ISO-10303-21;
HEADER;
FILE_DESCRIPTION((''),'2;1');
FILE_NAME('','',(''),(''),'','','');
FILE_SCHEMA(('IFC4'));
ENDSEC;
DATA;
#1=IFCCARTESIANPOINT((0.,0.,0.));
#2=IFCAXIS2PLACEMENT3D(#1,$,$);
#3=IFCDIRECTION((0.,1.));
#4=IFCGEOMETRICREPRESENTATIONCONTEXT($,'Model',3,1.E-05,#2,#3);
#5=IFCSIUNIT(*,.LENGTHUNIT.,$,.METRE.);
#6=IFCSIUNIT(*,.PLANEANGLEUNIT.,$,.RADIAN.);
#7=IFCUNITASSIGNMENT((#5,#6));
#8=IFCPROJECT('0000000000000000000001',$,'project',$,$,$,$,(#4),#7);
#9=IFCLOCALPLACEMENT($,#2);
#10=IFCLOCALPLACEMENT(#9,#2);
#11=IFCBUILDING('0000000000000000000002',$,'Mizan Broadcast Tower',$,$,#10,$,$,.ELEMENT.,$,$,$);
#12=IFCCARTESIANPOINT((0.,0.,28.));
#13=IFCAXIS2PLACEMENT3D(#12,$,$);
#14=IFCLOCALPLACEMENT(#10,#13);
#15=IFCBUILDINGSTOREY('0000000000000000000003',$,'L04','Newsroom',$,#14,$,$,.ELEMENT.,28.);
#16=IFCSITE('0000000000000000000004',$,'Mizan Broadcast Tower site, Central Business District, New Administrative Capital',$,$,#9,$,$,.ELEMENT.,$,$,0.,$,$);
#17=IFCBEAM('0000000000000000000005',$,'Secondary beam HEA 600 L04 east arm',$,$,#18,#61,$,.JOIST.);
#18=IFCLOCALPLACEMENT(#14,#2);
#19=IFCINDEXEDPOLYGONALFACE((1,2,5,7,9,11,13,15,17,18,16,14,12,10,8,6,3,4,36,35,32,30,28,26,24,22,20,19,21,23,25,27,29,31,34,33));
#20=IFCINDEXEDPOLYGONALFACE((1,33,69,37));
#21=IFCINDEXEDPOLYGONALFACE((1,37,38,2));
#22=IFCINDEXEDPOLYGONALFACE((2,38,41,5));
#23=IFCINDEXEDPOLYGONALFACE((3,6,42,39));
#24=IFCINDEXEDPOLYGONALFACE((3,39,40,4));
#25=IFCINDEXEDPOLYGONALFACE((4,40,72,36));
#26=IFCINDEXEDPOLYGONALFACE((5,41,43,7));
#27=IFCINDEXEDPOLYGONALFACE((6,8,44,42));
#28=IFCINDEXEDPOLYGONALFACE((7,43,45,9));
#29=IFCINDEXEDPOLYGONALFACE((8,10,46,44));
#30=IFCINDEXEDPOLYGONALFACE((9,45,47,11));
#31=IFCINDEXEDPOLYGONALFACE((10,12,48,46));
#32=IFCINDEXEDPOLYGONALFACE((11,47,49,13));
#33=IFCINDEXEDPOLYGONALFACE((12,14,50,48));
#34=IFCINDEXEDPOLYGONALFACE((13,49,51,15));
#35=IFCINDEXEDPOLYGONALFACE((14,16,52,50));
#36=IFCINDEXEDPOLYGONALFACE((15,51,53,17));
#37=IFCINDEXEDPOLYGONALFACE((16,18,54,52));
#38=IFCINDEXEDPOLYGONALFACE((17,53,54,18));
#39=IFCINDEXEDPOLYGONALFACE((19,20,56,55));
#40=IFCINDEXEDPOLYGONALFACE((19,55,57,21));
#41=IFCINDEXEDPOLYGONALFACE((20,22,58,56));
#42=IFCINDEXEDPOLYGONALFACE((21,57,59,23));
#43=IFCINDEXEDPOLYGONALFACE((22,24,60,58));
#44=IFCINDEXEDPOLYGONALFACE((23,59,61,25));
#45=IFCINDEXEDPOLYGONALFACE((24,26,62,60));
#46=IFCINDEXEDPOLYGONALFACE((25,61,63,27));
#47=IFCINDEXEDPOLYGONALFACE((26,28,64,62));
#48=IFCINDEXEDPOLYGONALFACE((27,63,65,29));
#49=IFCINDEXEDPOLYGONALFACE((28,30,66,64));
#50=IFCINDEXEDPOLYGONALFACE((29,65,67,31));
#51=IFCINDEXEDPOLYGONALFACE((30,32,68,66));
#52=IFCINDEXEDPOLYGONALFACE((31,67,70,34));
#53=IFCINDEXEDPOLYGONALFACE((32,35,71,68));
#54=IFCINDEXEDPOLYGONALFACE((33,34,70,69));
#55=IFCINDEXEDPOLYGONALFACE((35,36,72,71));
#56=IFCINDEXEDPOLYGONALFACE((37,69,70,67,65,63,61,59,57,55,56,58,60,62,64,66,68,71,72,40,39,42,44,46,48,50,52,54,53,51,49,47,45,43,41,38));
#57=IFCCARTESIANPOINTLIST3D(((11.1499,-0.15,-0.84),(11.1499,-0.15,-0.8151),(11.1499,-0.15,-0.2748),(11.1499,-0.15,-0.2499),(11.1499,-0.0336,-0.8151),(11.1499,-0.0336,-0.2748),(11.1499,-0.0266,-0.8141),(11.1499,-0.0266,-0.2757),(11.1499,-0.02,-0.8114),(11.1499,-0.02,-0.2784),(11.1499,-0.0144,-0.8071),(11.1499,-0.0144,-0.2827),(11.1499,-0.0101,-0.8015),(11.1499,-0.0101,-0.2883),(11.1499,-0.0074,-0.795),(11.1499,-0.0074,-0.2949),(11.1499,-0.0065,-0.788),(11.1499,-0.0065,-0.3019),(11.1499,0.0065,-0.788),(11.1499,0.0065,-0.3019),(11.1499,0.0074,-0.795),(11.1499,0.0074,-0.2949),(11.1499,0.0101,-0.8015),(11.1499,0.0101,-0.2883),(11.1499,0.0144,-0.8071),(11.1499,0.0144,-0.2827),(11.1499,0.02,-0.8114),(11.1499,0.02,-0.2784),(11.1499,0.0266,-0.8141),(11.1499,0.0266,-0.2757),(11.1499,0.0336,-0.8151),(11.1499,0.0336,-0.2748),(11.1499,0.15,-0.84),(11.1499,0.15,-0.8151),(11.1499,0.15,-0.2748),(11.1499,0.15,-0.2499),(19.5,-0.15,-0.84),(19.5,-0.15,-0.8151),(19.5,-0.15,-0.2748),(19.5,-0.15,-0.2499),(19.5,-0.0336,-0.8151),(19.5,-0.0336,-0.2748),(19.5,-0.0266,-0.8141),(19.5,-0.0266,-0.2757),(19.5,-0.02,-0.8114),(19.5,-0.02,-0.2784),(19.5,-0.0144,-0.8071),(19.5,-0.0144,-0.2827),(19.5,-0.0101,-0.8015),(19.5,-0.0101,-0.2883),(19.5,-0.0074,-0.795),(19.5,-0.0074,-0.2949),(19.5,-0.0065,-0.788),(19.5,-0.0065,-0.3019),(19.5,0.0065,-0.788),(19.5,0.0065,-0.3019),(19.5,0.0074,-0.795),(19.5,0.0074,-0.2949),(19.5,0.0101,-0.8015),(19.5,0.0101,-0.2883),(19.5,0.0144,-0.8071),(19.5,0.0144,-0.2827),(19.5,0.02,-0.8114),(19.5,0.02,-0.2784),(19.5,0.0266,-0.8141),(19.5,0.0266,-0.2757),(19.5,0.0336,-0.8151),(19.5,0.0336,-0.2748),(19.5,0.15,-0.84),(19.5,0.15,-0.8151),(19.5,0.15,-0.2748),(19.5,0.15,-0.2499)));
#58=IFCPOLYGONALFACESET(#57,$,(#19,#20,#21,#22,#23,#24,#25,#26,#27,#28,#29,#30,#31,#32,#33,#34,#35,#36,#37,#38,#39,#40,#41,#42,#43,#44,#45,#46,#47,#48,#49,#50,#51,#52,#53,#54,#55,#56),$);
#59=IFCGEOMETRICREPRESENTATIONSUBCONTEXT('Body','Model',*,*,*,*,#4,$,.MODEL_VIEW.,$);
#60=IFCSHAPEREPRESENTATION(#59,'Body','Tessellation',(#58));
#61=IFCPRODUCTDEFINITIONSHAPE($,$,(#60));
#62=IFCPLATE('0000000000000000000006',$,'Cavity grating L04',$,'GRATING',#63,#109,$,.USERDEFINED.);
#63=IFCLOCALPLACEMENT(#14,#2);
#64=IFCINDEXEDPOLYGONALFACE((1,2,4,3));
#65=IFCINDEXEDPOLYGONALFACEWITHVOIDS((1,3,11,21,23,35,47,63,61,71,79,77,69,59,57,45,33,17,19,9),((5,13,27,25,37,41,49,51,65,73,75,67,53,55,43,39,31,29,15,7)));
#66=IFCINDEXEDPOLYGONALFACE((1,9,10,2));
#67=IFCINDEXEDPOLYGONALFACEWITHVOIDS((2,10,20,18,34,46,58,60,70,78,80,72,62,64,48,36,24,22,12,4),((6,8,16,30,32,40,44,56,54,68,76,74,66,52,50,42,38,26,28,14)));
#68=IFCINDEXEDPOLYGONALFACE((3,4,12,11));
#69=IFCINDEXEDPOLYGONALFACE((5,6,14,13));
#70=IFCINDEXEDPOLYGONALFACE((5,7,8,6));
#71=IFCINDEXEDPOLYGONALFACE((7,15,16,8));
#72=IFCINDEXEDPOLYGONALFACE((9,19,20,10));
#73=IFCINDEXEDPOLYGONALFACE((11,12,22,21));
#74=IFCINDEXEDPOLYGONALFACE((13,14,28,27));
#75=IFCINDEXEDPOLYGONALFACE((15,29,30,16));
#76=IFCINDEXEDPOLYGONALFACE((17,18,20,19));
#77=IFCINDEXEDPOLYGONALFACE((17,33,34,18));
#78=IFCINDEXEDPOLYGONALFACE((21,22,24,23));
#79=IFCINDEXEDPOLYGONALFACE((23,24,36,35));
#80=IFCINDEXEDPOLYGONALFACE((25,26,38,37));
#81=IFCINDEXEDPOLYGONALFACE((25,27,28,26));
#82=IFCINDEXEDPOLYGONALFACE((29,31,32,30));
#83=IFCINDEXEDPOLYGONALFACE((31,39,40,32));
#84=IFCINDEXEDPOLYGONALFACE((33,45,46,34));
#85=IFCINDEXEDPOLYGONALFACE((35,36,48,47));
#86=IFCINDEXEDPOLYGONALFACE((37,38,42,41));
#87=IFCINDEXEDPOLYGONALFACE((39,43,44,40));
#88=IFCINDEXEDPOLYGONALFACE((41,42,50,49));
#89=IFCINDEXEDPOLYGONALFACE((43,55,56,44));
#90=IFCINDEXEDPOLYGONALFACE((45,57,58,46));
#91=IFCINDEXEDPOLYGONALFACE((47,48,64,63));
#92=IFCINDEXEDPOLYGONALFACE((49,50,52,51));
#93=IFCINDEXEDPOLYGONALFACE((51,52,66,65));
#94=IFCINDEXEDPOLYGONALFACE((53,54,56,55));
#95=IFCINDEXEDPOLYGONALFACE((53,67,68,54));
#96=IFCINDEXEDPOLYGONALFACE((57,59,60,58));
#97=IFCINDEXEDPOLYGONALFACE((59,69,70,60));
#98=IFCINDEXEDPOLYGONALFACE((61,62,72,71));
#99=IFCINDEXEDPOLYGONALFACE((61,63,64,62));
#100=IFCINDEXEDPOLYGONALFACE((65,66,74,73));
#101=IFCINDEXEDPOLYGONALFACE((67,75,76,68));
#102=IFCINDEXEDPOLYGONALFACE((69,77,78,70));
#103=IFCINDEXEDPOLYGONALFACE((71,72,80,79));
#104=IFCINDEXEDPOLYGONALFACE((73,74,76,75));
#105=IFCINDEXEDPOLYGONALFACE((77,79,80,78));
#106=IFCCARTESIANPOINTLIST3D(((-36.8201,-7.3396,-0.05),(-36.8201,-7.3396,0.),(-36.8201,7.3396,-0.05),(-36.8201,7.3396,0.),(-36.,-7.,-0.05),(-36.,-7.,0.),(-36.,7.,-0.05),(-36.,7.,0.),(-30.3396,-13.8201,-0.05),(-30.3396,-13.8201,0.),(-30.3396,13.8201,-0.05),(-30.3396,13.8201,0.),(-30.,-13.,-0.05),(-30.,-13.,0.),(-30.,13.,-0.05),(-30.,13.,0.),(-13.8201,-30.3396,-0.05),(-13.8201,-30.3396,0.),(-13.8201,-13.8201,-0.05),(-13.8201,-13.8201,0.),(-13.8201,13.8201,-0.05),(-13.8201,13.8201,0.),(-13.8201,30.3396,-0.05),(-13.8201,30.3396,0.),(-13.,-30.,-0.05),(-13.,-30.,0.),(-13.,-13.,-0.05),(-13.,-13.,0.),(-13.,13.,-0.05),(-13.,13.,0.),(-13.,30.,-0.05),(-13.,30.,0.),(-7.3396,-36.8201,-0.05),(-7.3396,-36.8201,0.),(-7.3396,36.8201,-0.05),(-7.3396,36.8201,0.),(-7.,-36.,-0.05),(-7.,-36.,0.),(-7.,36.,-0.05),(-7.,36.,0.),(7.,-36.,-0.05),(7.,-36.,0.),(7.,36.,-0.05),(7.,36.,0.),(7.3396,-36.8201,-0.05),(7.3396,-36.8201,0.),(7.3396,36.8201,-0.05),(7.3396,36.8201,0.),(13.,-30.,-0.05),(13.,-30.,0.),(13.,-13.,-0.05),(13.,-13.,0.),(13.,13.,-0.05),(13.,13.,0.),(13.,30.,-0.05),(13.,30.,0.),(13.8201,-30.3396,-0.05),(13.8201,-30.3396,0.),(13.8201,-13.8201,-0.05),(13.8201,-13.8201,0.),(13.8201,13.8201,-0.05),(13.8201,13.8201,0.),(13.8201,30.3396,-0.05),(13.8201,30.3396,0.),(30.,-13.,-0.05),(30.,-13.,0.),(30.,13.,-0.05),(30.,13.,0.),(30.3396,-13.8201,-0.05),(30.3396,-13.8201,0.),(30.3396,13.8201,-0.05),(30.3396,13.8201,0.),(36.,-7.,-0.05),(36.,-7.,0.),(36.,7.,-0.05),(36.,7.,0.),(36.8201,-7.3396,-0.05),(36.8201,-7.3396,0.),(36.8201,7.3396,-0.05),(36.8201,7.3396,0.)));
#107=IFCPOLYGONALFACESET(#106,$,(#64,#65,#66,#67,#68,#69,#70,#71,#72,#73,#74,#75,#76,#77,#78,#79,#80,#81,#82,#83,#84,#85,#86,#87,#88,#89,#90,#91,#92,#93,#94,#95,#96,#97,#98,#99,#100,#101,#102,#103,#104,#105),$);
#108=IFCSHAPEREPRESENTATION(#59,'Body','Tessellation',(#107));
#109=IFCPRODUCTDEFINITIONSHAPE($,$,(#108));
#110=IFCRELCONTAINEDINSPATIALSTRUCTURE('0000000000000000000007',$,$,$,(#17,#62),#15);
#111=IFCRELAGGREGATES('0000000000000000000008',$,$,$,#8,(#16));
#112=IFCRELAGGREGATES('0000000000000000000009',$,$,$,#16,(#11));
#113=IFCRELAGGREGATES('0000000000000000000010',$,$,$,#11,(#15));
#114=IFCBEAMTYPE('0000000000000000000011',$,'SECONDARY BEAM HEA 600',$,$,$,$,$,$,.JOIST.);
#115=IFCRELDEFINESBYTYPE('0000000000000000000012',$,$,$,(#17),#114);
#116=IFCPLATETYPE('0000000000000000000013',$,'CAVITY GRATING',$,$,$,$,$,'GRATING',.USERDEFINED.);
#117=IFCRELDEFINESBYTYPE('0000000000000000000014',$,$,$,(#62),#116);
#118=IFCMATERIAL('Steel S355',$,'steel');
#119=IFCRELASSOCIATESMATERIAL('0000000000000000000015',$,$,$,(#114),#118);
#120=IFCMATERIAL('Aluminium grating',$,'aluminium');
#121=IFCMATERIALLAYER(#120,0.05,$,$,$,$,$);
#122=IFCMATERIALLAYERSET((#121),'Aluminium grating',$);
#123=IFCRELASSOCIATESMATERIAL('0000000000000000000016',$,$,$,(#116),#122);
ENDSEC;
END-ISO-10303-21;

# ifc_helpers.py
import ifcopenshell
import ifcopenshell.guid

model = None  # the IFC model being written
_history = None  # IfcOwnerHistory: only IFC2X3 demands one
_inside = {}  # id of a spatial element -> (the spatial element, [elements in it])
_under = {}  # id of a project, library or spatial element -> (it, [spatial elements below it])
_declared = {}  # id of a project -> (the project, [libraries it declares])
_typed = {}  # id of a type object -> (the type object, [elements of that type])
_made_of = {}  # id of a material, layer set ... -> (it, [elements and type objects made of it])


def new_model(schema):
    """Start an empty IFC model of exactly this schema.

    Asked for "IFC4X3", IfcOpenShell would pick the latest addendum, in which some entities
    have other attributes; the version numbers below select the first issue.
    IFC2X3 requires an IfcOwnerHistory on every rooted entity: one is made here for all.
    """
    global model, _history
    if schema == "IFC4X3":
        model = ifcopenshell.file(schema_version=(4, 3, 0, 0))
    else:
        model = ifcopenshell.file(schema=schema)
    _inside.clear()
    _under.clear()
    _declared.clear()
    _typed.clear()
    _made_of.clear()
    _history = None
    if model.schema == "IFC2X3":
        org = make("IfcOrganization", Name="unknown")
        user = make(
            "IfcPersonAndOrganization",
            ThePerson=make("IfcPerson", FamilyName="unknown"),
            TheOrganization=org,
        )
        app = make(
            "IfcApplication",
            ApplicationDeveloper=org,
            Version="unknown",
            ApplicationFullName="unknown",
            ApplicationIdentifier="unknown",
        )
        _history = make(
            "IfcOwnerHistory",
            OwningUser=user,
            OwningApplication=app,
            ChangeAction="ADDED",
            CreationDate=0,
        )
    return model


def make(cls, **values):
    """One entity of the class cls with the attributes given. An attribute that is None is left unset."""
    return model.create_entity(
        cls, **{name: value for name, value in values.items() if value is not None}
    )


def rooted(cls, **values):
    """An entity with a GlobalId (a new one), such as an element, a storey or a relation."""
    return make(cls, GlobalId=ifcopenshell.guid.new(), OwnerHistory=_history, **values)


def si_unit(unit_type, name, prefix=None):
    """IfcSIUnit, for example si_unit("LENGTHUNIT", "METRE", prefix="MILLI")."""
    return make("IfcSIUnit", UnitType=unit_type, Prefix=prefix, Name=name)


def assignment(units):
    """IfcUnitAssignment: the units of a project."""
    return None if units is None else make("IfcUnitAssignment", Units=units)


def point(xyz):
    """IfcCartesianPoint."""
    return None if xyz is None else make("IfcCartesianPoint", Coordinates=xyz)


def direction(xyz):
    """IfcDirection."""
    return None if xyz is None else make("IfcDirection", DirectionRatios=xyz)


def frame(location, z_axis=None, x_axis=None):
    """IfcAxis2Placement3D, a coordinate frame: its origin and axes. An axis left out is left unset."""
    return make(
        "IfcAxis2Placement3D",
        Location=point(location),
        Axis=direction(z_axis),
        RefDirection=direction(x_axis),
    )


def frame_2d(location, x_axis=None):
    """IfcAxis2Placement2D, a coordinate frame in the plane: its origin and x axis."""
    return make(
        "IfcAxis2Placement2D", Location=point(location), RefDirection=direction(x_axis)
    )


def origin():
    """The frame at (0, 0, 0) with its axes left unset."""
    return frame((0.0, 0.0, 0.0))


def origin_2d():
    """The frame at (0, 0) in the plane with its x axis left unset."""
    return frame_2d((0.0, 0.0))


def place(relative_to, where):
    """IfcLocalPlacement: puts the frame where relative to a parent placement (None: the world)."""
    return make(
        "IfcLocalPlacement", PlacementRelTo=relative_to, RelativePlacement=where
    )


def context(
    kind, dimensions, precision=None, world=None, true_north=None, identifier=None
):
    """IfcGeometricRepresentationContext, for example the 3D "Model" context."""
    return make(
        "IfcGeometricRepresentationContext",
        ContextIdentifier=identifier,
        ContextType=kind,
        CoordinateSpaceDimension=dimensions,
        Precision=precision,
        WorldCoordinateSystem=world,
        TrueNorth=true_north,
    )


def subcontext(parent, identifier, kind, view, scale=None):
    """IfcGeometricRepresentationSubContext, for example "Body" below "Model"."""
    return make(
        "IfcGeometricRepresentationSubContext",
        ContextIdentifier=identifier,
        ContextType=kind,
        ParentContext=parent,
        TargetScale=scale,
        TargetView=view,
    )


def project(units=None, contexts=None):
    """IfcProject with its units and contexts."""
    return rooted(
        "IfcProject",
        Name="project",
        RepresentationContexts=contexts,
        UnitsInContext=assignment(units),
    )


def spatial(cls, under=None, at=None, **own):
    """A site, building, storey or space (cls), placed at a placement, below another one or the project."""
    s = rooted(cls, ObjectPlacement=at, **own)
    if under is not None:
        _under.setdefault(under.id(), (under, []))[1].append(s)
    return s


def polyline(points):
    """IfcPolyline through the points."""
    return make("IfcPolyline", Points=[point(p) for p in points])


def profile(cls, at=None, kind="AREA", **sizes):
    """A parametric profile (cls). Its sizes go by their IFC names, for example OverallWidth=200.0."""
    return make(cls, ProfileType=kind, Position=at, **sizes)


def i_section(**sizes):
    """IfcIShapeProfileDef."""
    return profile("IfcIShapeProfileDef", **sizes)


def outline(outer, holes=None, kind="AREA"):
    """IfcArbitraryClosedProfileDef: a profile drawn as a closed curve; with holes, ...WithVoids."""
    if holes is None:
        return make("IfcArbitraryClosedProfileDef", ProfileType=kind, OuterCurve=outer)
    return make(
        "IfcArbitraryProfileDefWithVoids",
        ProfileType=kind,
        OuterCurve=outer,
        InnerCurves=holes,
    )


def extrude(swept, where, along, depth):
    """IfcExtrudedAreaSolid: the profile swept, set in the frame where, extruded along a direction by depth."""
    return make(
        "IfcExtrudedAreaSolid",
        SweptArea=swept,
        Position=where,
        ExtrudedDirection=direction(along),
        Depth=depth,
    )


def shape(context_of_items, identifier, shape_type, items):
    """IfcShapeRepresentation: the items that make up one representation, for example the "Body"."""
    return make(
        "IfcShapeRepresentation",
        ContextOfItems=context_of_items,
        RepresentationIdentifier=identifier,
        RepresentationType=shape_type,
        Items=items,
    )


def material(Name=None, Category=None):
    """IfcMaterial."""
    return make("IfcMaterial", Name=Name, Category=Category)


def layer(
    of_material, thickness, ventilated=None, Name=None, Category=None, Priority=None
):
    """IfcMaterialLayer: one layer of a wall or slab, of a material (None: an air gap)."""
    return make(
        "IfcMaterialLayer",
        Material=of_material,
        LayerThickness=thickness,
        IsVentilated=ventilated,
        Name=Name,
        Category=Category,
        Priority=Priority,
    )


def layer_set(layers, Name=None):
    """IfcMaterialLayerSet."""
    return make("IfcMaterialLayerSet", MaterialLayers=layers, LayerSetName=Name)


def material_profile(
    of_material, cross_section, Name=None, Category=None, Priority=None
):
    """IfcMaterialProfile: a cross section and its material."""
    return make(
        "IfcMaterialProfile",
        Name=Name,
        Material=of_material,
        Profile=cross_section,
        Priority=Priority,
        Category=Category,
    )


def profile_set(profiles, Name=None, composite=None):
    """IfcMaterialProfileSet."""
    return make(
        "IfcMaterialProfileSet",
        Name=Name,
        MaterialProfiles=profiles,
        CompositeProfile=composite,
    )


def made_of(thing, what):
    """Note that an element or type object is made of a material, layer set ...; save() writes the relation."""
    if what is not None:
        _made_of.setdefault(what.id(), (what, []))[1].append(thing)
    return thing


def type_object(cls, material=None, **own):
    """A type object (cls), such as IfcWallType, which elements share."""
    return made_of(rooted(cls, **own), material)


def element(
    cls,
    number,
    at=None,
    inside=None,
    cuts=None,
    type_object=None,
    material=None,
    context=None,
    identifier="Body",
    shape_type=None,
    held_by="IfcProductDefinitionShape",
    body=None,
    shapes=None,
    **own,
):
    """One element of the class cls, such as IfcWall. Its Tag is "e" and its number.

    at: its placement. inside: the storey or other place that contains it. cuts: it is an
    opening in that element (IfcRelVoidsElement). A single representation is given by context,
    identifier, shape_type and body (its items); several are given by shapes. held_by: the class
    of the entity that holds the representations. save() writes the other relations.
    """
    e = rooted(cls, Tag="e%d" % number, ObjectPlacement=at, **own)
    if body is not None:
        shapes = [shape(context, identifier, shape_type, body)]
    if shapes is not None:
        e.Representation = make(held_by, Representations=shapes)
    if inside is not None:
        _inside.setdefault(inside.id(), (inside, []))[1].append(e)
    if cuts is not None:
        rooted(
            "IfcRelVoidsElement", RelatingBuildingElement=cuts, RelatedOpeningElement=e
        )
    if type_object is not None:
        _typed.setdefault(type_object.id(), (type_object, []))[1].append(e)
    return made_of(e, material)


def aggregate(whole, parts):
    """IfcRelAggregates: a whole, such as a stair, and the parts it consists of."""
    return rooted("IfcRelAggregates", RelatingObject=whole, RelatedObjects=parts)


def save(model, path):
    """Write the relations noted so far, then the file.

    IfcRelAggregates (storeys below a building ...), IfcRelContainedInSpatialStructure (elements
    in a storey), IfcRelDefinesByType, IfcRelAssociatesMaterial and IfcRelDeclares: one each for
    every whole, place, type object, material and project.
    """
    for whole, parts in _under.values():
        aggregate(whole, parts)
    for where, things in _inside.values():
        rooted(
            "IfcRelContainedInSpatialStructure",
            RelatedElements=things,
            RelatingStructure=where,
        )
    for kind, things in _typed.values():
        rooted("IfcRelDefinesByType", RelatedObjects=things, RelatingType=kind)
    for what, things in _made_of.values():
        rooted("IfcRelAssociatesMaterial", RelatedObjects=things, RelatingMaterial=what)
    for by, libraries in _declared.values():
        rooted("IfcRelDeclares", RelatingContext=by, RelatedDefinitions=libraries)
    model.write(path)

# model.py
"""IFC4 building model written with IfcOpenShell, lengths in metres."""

from ifc_helpers import new_model, si_unit, direction, frame, origin, origin_2d, place, context, subcontext, project, spatial, polyline, i_section, outline, extrude, material, layer, layer_set, material_profile, profile_set, type_object, element, save


model = new_model("IFC4")

# Units and contexts
model_context = context("Model", 3, precision=1e-05, world=origin(), true_north=direction((0.0, 1.0)))
body_context = subcontext(model_context, "Body", "Model", "MODEL_VIEW")
ifc_project = project(units=[si_unit("LENGTHUNIT", "METRE"), si_unit("PLANEANGLEUNIT", "RADIAN")], contexts=[model_context])

# Site, building, storey
site_placement = place(None, origin())
site = spatial("IfcSite", under=ifc_project, at=site_placement, Name="Mizan Broadcast Tower site, Central Business District, New Administrative Capital", CompositionType="ELEMENT", RefElevation=0.0)
building_placement = place(site_placement, origin())
building = spatial("IfcBuilding", under=site, at=building_placement, Name="Mizan Broadcast Tower", CompositionType="ELEMENT")
storey_placement = place(building_placement, frame((0.0, 0.0, 28.0)))
storey = spatial("IfcBuildingStorey", under=building, at=storey_placement, Name="L04", Description="Newsroom", CompositionType="ELEMENT", Elevation=28.0)

# Beam
ifc_material_1 = material(Name="Steel S355", Category="steel")
ifc_material_profile = material_profile(ifc_material_1, i_section(OverallWidth=0.3, OverallDepth=0.5901, WebThickness=0.0129, FlangeThickness=0.0249, FilletRadius=0.0271, at=origin_2d()), Name="HEA 600")
ifc_profile_set = profile_set([ifc_material_profile], Name="Steel S355")
beam_type = type_object("IfcBeamType", Name="SECONDARY BEAM HEA 600", PredefinedType="JOIST", material=ifc_profile_set)
beam_placement = place(storey_placement, frame((11.1499, 0.0, -0.5449), z_axis=(1.0, 0.0, 0.0), x_axis=(0.0, 1.0, 0.0)))
element("IfcBeam", 1, at=beam_placement, inside=storey, type_object=beam_type, Name="Secondary beam HEA 600 L04 east arm", PredefinedType="JOIST", context=body_context, shape_type="SweptSolid", body=[
    extrude(i_section(OverallWidth=0.3, OverallDepth=0.5901, WebThickness=0.0129, FlangeThickness=0.0249, FilletRadius=0.0271, at=origin_2d()), origin(), (0.0, 0.0, 1.0), 8.3501),
])

# Plate
ifc_material_2 = material(Name="Aluminium grating", Category="aluminium")
ifc_layer_1 = layer(ifc_material_2, 0.05)
ifc_layer_set_1 = layer_set([ifc_layer_1], Name="Aluminium grating")
plate_type = type_object("IfcPlateType", Name="CAVITY GRATING", ElementType="GRATING", PredefinedType="USERDEFINED", material=ifc_layer_set_1)
plate_placement = place(storey_placement, frame((0.0, 0.0, -0.05)))
element("IfcPlate", 2, at=plate_placement, inside=storey, type_object=plate_type, Name="Cavity grating L04", ObjectType="GRATING", PredefinedType="USERDEFINED", context=body_context, shape_type="SweptSolid", body=[
    extrude(outline(polyline([(7.3396, -36.8201), (13.8201, -30.3396), (13.8201, -13.8201), (30.3396, -13.8201), (36.8201, -7.3396), (36.8201, 7.3396), (30.3396, 13.8201), (13.8201, 13.8201), (13.8201, 30.3396), (7.3396, 36.8201), (-7.3396, 36.8201), (-13.8201, 30.3396), (-13.8201, 13.8201), (-30.3396, 13.8201), (-36.8201, 7.3396), (-36.8201, -7.3396), (-30.3396, -13.8201), (-13.8201, -13.8201), (-13.8201, -30.3396), (-7.3396, -36.8201), (7.3396, -36.8201)]), holes=[polyline([(36.0, -7.0), (30.0, -13.0), (13.0, -13.0), (13.0, -30.0), (7.0, -36.0), (-7.0, -36.0), (-13.0, -30.0), (-13.0, -13.0), (-30.0, -13.0), (-36.0, -7.0), (-36.0, 7.0), (-30.0, 13.0), (-13.0, 13.0), (-13.0, 30.0), (-7.0, 36.0), (7.0, 36.0), (13.0, 30.0), (13.0, 13.0), (30.0, 13.0), (36.0, 7.0), (36.0, -7.0)])]), origin(), (0.0, 0.0, 1.0), 0.05),
])

save(model, "model.ifc")
